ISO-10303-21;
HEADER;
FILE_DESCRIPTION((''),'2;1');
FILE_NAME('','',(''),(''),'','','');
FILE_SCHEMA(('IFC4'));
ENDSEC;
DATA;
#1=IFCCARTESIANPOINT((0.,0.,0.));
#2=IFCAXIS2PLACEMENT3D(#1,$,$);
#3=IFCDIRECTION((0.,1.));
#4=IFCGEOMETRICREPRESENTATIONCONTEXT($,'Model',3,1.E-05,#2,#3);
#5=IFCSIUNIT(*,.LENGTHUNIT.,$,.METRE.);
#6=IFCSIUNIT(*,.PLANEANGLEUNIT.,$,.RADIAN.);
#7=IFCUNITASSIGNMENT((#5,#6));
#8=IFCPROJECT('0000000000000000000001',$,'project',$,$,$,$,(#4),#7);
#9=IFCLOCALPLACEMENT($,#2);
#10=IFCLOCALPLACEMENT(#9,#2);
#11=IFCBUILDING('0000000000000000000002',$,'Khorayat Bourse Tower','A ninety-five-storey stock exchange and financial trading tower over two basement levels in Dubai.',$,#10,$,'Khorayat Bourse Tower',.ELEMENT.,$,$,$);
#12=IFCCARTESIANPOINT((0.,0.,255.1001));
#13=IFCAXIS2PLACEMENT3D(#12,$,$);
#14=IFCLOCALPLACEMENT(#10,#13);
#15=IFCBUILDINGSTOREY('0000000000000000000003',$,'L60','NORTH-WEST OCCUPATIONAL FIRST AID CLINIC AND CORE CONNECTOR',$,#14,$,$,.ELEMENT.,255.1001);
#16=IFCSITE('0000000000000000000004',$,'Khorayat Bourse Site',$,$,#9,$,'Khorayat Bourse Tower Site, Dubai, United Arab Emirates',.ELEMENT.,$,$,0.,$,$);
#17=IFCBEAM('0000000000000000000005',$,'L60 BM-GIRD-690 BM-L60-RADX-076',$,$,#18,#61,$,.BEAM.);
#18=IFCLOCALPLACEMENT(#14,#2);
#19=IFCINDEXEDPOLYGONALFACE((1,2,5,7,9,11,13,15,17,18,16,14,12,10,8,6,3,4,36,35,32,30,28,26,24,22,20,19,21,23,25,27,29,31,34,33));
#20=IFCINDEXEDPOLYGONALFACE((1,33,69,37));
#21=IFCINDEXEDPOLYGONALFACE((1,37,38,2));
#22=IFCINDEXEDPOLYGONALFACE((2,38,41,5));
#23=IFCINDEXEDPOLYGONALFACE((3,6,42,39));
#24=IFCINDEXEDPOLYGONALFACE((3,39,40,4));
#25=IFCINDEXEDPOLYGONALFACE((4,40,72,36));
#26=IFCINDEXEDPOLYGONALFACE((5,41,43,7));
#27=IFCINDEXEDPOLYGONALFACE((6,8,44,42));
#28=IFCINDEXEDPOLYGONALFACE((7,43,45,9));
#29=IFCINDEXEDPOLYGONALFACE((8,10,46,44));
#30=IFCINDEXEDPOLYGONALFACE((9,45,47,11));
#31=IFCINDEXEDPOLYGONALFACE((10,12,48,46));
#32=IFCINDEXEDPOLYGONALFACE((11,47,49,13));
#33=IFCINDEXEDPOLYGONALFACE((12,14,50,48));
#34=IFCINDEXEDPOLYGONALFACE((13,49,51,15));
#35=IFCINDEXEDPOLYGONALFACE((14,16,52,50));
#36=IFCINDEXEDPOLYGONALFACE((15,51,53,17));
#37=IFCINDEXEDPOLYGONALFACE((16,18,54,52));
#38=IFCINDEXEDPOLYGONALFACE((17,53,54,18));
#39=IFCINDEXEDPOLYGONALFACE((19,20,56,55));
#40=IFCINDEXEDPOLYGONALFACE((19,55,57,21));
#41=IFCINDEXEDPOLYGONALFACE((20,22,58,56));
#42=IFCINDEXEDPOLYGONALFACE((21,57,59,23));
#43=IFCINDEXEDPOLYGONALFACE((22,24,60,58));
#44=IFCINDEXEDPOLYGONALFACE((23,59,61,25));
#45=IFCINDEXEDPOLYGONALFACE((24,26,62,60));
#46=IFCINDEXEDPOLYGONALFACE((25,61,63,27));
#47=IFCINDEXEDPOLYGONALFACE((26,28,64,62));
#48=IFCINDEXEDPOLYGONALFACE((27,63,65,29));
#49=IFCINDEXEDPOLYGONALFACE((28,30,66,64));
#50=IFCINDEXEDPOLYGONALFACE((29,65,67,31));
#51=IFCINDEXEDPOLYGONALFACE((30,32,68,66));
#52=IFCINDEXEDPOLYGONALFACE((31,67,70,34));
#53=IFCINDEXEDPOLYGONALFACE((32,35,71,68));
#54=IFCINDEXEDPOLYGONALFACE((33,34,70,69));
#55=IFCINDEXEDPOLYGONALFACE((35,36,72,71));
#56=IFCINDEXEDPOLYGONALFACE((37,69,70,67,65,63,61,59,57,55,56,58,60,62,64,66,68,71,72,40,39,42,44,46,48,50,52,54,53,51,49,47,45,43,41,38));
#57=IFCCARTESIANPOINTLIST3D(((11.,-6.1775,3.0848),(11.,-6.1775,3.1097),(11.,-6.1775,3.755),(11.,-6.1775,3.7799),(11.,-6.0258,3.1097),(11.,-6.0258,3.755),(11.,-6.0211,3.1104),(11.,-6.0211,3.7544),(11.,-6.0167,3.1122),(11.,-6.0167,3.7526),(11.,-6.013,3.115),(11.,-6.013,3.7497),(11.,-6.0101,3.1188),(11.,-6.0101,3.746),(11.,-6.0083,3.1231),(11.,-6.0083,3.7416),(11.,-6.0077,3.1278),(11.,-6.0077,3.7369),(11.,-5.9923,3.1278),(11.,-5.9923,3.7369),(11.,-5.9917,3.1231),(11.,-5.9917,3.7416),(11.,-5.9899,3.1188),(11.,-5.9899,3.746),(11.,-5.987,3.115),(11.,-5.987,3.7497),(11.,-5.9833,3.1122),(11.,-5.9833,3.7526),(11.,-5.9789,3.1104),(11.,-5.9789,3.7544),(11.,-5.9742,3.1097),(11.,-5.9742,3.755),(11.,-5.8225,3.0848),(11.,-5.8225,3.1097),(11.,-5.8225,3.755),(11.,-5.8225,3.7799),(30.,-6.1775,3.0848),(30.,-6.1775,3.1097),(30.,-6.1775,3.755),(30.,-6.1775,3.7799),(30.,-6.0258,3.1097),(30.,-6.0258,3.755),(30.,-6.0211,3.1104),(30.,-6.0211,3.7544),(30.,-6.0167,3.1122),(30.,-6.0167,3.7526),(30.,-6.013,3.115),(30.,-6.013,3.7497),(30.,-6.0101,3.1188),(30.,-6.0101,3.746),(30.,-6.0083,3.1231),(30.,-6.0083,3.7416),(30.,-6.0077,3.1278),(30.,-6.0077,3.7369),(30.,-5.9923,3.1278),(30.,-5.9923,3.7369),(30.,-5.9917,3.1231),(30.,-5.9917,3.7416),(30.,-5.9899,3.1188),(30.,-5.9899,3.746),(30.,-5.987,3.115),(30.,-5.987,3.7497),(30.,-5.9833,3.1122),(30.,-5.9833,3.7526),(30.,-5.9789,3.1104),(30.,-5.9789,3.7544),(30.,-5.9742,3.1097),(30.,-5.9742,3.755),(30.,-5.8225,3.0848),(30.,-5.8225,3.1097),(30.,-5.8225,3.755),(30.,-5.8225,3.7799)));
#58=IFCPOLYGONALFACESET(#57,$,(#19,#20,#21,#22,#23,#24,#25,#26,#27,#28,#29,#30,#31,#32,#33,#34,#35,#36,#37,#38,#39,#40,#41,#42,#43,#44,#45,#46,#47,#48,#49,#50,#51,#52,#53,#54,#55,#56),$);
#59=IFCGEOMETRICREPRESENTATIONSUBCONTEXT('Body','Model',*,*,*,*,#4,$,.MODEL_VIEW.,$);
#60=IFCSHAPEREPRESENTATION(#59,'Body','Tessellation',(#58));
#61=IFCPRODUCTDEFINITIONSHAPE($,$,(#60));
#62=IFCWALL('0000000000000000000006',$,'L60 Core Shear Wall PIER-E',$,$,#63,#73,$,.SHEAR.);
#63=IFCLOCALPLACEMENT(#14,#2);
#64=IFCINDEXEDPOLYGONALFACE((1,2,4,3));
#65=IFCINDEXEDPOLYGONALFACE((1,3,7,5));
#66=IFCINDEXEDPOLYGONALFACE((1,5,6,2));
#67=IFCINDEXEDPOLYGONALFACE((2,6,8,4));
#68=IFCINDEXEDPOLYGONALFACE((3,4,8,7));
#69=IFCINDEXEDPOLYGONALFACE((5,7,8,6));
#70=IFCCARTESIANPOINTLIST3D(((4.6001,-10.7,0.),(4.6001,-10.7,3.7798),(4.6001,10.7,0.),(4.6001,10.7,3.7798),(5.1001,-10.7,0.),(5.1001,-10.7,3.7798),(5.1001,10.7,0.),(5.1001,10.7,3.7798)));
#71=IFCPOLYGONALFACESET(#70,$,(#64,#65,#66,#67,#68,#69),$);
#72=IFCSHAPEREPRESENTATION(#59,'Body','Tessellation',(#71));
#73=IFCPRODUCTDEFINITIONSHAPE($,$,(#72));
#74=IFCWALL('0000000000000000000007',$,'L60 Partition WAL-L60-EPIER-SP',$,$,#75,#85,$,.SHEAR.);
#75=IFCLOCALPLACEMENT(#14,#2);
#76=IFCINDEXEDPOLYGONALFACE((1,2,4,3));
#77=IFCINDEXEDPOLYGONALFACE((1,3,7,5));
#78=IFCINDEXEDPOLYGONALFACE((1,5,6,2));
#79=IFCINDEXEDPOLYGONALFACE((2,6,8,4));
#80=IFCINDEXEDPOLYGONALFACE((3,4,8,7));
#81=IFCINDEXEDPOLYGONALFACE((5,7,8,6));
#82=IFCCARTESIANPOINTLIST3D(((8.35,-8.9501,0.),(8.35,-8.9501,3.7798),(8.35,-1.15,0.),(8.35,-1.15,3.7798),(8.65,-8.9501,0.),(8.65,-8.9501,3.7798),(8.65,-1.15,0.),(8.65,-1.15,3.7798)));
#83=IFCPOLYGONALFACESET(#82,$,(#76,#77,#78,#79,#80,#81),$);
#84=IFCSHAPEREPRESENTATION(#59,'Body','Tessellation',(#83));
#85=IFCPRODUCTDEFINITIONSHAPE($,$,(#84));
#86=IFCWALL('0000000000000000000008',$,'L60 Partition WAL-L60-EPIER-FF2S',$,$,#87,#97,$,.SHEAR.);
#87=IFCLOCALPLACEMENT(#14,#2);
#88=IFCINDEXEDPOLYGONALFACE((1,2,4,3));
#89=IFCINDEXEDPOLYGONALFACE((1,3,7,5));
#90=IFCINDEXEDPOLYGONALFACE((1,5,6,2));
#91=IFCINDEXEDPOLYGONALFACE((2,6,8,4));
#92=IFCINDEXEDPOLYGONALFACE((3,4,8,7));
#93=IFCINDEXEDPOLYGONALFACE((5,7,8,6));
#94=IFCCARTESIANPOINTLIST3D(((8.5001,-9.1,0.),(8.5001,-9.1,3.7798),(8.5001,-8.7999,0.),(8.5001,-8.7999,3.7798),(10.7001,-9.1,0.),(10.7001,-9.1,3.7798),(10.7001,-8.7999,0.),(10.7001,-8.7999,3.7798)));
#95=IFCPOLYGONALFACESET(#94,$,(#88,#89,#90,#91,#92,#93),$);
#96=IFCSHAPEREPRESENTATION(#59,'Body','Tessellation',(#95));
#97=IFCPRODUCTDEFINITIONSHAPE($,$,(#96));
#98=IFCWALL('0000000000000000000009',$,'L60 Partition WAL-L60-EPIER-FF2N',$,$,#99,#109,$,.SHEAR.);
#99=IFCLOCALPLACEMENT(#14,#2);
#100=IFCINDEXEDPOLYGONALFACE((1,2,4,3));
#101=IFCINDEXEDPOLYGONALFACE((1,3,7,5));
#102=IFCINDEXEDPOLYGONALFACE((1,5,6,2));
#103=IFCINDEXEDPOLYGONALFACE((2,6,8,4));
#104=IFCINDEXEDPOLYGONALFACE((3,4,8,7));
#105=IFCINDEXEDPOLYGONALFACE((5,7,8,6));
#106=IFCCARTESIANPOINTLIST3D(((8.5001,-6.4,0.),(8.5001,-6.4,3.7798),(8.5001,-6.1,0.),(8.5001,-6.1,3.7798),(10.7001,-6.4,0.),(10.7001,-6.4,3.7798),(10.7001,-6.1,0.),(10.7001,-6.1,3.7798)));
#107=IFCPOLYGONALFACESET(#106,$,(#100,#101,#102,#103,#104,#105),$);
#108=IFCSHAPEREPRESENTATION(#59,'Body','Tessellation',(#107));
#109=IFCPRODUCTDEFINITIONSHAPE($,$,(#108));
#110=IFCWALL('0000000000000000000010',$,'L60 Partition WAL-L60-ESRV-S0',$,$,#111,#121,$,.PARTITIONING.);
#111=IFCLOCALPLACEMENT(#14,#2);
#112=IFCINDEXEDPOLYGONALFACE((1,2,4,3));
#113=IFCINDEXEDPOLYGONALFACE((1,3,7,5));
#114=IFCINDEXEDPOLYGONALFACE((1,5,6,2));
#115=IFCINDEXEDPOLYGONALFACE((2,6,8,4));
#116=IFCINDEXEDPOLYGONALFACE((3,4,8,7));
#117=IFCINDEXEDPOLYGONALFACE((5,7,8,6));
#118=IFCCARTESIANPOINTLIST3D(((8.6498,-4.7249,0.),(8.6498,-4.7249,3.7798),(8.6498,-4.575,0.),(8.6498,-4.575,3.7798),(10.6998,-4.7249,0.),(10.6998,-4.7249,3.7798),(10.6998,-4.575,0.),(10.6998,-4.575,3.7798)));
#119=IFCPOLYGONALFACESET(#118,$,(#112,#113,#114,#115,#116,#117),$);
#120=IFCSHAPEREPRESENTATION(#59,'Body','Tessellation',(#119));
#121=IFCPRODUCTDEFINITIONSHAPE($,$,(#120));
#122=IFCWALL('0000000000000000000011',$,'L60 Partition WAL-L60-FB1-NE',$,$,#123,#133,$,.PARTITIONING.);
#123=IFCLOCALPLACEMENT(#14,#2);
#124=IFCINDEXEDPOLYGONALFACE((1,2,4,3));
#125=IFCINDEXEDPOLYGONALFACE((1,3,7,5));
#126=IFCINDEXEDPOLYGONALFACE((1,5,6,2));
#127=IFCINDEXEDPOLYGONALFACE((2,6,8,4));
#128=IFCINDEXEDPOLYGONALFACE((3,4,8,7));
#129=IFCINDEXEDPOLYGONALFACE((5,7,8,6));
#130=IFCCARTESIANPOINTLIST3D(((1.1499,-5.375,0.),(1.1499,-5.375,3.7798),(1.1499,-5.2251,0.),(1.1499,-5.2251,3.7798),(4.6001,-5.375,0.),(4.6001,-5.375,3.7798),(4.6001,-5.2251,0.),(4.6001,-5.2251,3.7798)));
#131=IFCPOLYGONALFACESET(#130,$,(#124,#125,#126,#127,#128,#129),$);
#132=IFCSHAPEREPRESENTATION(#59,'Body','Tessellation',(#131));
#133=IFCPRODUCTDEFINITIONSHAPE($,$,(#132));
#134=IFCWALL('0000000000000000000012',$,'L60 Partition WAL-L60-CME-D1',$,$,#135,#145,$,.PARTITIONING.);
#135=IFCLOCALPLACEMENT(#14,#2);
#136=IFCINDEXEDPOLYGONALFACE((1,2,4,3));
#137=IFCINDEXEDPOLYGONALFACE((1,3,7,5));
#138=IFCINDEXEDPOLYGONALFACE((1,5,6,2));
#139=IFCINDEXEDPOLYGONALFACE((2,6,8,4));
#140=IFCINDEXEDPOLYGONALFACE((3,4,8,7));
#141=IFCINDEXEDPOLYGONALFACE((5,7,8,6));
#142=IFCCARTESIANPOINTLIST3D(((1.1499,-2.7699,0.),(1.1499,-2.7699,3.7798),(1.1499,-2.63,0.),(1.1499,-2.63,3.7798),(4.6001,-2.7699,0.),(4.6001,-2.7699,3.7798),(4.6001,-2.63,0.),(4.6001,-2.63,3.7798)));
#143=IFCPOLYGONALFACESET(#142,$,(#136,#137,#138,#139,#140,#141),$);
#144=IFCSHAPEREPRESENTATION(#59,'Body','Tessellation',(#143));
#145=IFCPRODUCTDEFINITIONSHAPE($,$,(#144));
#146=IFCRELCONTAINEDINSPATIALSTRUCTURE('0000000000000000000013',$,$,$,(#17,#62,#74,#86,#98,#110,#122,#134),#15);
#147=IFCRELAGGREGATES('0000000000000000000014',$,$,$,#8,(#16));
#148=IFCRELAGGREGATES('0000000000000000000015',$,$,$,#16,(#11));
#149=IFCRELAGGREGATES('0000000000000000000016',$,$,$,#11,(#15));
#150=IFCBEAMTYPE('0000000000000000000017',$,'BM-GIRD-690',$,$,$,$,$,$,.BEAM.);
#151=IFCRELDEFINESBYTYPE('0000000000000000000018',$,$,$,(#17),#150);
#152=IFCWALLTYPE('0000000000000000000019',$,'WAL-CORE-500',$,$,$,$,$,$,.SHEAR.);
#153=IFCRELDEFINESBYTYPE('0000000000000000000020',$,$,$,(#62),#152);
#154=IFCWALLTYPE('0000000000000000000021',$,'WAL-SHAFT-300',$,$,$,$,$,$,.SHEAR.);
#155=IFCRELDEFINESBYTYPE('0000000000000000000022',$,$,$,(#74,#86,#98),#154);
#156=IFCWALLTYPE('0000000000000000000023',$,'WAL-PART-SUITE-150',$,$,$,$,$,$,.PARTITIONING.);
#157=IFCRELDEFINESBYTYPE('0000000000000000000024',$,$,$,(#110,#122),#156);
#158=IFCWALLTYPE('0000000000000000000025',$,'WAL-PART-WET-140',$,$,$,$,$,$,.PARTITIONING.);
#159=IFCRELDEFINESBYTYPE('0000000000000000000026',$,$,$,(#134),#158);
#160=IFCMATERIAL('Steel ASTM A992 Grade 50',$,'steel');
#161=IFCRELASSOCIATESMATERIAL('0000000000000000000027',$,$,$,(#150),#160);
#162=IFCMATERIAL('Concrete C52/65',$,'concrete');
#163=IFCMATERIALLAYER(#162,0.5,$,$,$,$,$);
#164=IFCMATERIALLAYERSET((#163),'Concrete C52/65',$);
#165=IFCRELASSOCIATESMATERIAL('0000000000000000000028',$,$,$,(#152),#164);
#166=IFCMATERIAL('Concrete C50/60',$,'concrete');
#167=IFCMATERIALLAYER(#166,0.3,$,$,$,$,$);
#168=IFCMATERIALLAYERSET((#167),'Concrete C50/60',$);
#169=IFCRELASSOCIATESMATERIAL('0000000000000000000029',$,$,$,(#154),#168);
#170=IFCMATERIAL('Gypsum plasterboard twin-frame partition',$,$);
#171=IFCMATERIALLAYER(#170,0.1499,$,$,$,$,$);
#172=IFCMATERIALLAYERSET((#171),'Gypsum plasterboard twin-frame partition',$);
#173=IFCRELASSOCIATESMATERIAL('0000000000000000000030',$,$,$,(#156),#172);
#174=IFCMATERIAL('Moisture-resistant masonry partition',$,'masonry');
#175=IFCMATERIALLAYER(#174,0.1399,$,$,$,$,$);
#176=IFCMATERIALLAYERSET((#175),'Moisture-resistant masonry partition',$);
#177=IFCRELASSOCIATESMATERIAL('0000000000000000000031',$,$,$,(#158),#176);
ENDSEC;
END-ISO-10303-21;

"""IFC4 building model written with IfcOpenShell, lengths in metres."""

from ifc_helpers import new_model, si_unit, direction, frame, frame_2d, origin, origin_2d, place, context, subcontext, project, spatial, rectangle, i_section, extrude, source, transform, mapped, material, layer, layer_set, material_profile, profile_set, type_object, element, save


model = new_model("IFC4")

# Units and contexts
model_context = context("Model", 3, precision=1e-05, world=origin(), true_north=direction((0.0, 1.0)))
body_context = subcontext(model_context, "Body", "Model", "MODEL_VIEW")
ifc_project = project(units=[si_unit("LENGTHUNIT", "METRE"), si_unit("PLANEANGLEUNIT", "RADIAN")], contexts=[model_context])

# Site, building, storey
site_placement = place(None, origin())
site = spatial("IfcSite", under=ifc_project, at=site_placement, Name="Khorayat Bourse Site", LongName="Khorayat Bourse Tower Site, Dubai, United Arab Emirates", CompositionType="ELEMENT", RefElevation=0.0)
building_placement = place(site_placement, origin())
building = spatial("IfcBuilding", under=site, at=building_placement, Name="Khorayat Bourse Tower", Description="A ninety-five-storey stock exchange and financial trading tower over two basement levels in Dubai.", LongName="Khorayat Bourse Tower", CompositionType="ELEMENT")
storey_placement = place(building_placement, frame((0.0, 0.0, 255.1001)))
storey = spatial("IfcBuildingStorey", under=building, at=storey_placement, Name="L60", Description="NORTH-WEST OCCUPATIONAL FIRST AID CLINIC AND CORE CONNECTOR", CompositionType="ELEMENT", Elevation=255.1001)

# Beam
ifc_material_1 = material(Name="Steel ASTM A992 Grade 50", Category="steel")
ifc_material_profile_1 = material_profile(ifc_material_1, i_section(OverallWidth=0.355, OverallDepth=0.6951, WebThickness=0.0154, FlangeThickness=0.0249, FilletRadius=0.0181, at=origin_2d()), Name="W690X217")
ifc_profile_set_1 = profile_set([ifc_material_profile_1], Name="Steel ASTM A992 Grade 50")
beam_type_1 = type_object("IfcBeamType", Name="BM-GIRD-690", PredefinedType="BEAM", material=ifc_profile_set_1)
shared_shape_1 = source(origin(), body_context, "Body", "SweptSolid", [
    extrude(i_section(OverallWidth=0.355, OverallDepth=0.6951, WebThickness=0.0154, FlangeThickness=0.0249, FilletRadius=0.0181, at=origin_2d()), origin(), (0.0, 0.0, 1.0), 19.0),
])
for number, where, z_axis, x_axis, name in (
    (1, (11.0, -6.0, 3.4324), (1.0, 0.0, 0.0), (0.0, 1.0, 0.0), "L60 BM-GIRD-690 BM-L60-RADX-076"),
):
    element("IfcBeam", number, at=place(storey_placement, frame(where, z_axis=z_axis, x_axis=x_axis)), inside=storey, type_object=beam_type_1, Name=name, PredefinedType="BEAM", context=body_context, shape_type="MappedRepresentation", body=[
        mapped(shared_shape_1, transform((0.0, 0.0, 0.0), scale=1.0)),
    ])

# Walls
ifc_material_2 = material(Name="Concrete C52/65", Category="concrete")
ifc_layer_1 = layer(ifc_material_2, 0.5)
ifc_layer_set_1 = layer_set([ifc_layer_1], Name="Concrete C52/65")
wall_type_1 = type_object("IfcWallType", Name="WAL-CORE-500", PredefinedType="SHEAR", material=ifc_layer_set_1)
shared_shape_2 = source(origin(), body_context, "Body", "SweptSolid", [
    extrude(rectangle(XDim=21.3999, YDim=0.5, at=frame_2d((10.7, 0.0))), origin(), (0.0, 0.0, 1.0), 3.7798),
])
wall_1_placement = place(storey_placement, frame((4.8501, -10.7, 0.0), z_axis=(0.0, 0.0, 1.0), x_axis=(0.0, 1.0, 0.0)))
element("IfcWall", 2, at=wall_1_placement, inside=storey, type_object=wall_type_1, Name="L60 Core Shear Wall PIER-E", PredefinedType="SHEAR", context=body_context, shape_type="MappedRepresentation", body=[
    mapped(shared_shape_2, transform((0.0, 0.0, 0.0), scale=1.0)),
])
ifc_material_3 = material(Name="Concrete C50/60", Category="concrete")
ifc_layer_2 = layer(ifc_material_3, 0.3)
ifc_layer_set_2 = layer_set([ifc_layer_2], Name="Concrete C50/60")
wall_type_2 = type_object("IfcWallType", Name="WAL-SHAFT-300", PredefinedType="SHEAR", material=ifc_layer_set_2)
shared_shape_3 = source(origin(), body_context, "Body", "SweptSolid", [
    extrude(rectangle(XDim=7.8, YDim=0.3, at=frame_2d((3.8999, 0.0))), origin(), (0.0, 0.0, 1.0), 3.7798),
])
wall_2_placement = place(storey_placement, frame((8.5, -8.95, 0.0), z_axis=(0.0, 0.0, 1.0), x_axis=(0.0, 1.0, 0.0)))
element("IfcWall", 3, at=wall_2_placement, inside=storey, type_object=wall_type_2, Name="L60 Partition WAL-L60-EPIER-SP", PredefinedType="SHEAR", context=body_context, shape_type="MappedRepresentation", body=[
    mapped(shared_shape_3, transform((0.0, 0.0, 0.0), scale=1.0)),
])
shared_shape_4 = source(origin(), body_context, "Body", "SweptSolid", [
    extrude(rectangle(XDim=2.2, YDim=0.3, at=frame_2d((1.1001, 0.0))), origin(), (0.0, 0.0, 1.0), 3.7798),
])
for number, where, z_axis, x_axis, name in (
    (4, (8.5, -8.95, 0.0), (0.0, 0.0, 1.0), (1.0, 0.0, 0.0), "L60 Partition WAL-L60-EPIER-FF2S"),
    (5, (8.5, -6.25, 0.0), (0.0, 0.0, 1.0), (1.0, 0.0, 0.0), "L60 Partition WAL-L60-EPIER-FF2N"),
):
    element("IfcWall", number, at=place(storey_placement, frame(where, z_axis=z_axis, x_axis=x_axis)), inside=storey, type_object=wall_type_2, Name=name, PredefinedType="SHEAR", context=body_context, shape_type="MappedRepresentation", body=[
        mapped(shared_shape_4, transform((0.0, 0.0, 0.0), scale=1.0)),
    ])
ifc_material_4 = material(Name="Gypsum plasterboard twin-frame partition")
ifc_layer_3 = layer(ifc_material_4, 0.1499)
ifc_layer_set_3 = layer_set([ifc_layer_3], Name="Gypsum plasterboard twin-frame partition")
wall_type_3 = type_object("IfcWallType", Name="WAL-PART-SUITE-150", PredefinedType="PARTITIONING", material=ifc_layer_set_3)
shared_shape_5 = source(origin(), body_context, "Body", "SweptSolid", [
    extrude(rectangle(XDim=2.05, YDim=0.1499, at=frame_2d((1.0249, 0.0))), origin(), (0.0, 0.0, 1.0), 3.7798),
])
wall_3_placement = place(storey_placement, frame((8.6499, -4.6499, 0.0), z_axis=(0.0, 0.0, 1.0), x_axis=(1.0, 0.0, 0.0)))
element("IfcWall", 6, at=wall_3_placement, inside=storey, type_object=wall_type_3, Name="L60 Partition WAL-L60-ESRV-S0", PredefinedType="PARTITIONING", context=body_context, shape_type="MappedRepresentation", body=[
    mapped(shared_shape_5, transform((0.0, 0.0, 0.0), scale=1.0)),
])
shared_shape_6 = source(origin(), body_context, "Body", "SweptSolid", [
    extrude(rectangle(XDim=3.4502, YDim=0.1499, at=frame_2d((1.7251, 0.0))), origin(), (0.0, 0.0, 1.0), 3.7798),
])
wall_4_placement = place(storey_placement, frame((1.1499, -5.3, 0.0), z_axis=(0.0, 0.0, 1.0), x_axis=(1.0, 0.0, 0.0)))
element("IfcWall", 7, at=wall_4_placement, inside=storey, type_object=wall_type_3, Name="L60 Partition WAL-L60-FB1-NE", PredefinedType="PARTITIONING", context=body_context, shape_type="MappedRepresentation", body=[
    mapped(shared_shape_6, transform((0.0, 0.0, 0.0), scale=1.0)),
])
ifc_material_5 = material(Name="Moisture-resistant masonry partition", Category="masonry")
ifc_layer_4 = layer(ifc_material_5, 0.1399)
ifc_layer_set_4 = layer_set([ifc_layer_4], Name="Moisture-resistant masonry partition")
wall_type_4 = type_object("IfcWallType", Name="WAL-PART-WET-140", PredefinedType="PARTITIONING", material=ifc_layer_set_4)
shared_shape_7 = source(origin(), body_context, "Body", "SweptSolid", [
    extrude(rectangle(XDim=3.4502, YDim=0.1399, at=frame_2d((1.7251, 0.0))), origin(), (0.0, 0.0, 1.0), 3.7798),
])
wall_5_placement = place(storey_placement, frame((1.1499, -2.7, 0.0), z_axis=(0.0, 0.0, 1.0), x_axis=(1.0, 0.0, 0.0)))
element("IfcWall", 8, at=wall_5_placement, inside=storey, type_object=wall_type_4, Name="L60 Partition WAL-L60-CME-D1", PredefinedType="PARTITIONING", context=body_context, shape_type="MappedRepresentation", body=[
    mapped(shared_shape_7, transform((0.0, 0.0, 0.0), scale=1.0)),
])

save(model, "model.ifc")
